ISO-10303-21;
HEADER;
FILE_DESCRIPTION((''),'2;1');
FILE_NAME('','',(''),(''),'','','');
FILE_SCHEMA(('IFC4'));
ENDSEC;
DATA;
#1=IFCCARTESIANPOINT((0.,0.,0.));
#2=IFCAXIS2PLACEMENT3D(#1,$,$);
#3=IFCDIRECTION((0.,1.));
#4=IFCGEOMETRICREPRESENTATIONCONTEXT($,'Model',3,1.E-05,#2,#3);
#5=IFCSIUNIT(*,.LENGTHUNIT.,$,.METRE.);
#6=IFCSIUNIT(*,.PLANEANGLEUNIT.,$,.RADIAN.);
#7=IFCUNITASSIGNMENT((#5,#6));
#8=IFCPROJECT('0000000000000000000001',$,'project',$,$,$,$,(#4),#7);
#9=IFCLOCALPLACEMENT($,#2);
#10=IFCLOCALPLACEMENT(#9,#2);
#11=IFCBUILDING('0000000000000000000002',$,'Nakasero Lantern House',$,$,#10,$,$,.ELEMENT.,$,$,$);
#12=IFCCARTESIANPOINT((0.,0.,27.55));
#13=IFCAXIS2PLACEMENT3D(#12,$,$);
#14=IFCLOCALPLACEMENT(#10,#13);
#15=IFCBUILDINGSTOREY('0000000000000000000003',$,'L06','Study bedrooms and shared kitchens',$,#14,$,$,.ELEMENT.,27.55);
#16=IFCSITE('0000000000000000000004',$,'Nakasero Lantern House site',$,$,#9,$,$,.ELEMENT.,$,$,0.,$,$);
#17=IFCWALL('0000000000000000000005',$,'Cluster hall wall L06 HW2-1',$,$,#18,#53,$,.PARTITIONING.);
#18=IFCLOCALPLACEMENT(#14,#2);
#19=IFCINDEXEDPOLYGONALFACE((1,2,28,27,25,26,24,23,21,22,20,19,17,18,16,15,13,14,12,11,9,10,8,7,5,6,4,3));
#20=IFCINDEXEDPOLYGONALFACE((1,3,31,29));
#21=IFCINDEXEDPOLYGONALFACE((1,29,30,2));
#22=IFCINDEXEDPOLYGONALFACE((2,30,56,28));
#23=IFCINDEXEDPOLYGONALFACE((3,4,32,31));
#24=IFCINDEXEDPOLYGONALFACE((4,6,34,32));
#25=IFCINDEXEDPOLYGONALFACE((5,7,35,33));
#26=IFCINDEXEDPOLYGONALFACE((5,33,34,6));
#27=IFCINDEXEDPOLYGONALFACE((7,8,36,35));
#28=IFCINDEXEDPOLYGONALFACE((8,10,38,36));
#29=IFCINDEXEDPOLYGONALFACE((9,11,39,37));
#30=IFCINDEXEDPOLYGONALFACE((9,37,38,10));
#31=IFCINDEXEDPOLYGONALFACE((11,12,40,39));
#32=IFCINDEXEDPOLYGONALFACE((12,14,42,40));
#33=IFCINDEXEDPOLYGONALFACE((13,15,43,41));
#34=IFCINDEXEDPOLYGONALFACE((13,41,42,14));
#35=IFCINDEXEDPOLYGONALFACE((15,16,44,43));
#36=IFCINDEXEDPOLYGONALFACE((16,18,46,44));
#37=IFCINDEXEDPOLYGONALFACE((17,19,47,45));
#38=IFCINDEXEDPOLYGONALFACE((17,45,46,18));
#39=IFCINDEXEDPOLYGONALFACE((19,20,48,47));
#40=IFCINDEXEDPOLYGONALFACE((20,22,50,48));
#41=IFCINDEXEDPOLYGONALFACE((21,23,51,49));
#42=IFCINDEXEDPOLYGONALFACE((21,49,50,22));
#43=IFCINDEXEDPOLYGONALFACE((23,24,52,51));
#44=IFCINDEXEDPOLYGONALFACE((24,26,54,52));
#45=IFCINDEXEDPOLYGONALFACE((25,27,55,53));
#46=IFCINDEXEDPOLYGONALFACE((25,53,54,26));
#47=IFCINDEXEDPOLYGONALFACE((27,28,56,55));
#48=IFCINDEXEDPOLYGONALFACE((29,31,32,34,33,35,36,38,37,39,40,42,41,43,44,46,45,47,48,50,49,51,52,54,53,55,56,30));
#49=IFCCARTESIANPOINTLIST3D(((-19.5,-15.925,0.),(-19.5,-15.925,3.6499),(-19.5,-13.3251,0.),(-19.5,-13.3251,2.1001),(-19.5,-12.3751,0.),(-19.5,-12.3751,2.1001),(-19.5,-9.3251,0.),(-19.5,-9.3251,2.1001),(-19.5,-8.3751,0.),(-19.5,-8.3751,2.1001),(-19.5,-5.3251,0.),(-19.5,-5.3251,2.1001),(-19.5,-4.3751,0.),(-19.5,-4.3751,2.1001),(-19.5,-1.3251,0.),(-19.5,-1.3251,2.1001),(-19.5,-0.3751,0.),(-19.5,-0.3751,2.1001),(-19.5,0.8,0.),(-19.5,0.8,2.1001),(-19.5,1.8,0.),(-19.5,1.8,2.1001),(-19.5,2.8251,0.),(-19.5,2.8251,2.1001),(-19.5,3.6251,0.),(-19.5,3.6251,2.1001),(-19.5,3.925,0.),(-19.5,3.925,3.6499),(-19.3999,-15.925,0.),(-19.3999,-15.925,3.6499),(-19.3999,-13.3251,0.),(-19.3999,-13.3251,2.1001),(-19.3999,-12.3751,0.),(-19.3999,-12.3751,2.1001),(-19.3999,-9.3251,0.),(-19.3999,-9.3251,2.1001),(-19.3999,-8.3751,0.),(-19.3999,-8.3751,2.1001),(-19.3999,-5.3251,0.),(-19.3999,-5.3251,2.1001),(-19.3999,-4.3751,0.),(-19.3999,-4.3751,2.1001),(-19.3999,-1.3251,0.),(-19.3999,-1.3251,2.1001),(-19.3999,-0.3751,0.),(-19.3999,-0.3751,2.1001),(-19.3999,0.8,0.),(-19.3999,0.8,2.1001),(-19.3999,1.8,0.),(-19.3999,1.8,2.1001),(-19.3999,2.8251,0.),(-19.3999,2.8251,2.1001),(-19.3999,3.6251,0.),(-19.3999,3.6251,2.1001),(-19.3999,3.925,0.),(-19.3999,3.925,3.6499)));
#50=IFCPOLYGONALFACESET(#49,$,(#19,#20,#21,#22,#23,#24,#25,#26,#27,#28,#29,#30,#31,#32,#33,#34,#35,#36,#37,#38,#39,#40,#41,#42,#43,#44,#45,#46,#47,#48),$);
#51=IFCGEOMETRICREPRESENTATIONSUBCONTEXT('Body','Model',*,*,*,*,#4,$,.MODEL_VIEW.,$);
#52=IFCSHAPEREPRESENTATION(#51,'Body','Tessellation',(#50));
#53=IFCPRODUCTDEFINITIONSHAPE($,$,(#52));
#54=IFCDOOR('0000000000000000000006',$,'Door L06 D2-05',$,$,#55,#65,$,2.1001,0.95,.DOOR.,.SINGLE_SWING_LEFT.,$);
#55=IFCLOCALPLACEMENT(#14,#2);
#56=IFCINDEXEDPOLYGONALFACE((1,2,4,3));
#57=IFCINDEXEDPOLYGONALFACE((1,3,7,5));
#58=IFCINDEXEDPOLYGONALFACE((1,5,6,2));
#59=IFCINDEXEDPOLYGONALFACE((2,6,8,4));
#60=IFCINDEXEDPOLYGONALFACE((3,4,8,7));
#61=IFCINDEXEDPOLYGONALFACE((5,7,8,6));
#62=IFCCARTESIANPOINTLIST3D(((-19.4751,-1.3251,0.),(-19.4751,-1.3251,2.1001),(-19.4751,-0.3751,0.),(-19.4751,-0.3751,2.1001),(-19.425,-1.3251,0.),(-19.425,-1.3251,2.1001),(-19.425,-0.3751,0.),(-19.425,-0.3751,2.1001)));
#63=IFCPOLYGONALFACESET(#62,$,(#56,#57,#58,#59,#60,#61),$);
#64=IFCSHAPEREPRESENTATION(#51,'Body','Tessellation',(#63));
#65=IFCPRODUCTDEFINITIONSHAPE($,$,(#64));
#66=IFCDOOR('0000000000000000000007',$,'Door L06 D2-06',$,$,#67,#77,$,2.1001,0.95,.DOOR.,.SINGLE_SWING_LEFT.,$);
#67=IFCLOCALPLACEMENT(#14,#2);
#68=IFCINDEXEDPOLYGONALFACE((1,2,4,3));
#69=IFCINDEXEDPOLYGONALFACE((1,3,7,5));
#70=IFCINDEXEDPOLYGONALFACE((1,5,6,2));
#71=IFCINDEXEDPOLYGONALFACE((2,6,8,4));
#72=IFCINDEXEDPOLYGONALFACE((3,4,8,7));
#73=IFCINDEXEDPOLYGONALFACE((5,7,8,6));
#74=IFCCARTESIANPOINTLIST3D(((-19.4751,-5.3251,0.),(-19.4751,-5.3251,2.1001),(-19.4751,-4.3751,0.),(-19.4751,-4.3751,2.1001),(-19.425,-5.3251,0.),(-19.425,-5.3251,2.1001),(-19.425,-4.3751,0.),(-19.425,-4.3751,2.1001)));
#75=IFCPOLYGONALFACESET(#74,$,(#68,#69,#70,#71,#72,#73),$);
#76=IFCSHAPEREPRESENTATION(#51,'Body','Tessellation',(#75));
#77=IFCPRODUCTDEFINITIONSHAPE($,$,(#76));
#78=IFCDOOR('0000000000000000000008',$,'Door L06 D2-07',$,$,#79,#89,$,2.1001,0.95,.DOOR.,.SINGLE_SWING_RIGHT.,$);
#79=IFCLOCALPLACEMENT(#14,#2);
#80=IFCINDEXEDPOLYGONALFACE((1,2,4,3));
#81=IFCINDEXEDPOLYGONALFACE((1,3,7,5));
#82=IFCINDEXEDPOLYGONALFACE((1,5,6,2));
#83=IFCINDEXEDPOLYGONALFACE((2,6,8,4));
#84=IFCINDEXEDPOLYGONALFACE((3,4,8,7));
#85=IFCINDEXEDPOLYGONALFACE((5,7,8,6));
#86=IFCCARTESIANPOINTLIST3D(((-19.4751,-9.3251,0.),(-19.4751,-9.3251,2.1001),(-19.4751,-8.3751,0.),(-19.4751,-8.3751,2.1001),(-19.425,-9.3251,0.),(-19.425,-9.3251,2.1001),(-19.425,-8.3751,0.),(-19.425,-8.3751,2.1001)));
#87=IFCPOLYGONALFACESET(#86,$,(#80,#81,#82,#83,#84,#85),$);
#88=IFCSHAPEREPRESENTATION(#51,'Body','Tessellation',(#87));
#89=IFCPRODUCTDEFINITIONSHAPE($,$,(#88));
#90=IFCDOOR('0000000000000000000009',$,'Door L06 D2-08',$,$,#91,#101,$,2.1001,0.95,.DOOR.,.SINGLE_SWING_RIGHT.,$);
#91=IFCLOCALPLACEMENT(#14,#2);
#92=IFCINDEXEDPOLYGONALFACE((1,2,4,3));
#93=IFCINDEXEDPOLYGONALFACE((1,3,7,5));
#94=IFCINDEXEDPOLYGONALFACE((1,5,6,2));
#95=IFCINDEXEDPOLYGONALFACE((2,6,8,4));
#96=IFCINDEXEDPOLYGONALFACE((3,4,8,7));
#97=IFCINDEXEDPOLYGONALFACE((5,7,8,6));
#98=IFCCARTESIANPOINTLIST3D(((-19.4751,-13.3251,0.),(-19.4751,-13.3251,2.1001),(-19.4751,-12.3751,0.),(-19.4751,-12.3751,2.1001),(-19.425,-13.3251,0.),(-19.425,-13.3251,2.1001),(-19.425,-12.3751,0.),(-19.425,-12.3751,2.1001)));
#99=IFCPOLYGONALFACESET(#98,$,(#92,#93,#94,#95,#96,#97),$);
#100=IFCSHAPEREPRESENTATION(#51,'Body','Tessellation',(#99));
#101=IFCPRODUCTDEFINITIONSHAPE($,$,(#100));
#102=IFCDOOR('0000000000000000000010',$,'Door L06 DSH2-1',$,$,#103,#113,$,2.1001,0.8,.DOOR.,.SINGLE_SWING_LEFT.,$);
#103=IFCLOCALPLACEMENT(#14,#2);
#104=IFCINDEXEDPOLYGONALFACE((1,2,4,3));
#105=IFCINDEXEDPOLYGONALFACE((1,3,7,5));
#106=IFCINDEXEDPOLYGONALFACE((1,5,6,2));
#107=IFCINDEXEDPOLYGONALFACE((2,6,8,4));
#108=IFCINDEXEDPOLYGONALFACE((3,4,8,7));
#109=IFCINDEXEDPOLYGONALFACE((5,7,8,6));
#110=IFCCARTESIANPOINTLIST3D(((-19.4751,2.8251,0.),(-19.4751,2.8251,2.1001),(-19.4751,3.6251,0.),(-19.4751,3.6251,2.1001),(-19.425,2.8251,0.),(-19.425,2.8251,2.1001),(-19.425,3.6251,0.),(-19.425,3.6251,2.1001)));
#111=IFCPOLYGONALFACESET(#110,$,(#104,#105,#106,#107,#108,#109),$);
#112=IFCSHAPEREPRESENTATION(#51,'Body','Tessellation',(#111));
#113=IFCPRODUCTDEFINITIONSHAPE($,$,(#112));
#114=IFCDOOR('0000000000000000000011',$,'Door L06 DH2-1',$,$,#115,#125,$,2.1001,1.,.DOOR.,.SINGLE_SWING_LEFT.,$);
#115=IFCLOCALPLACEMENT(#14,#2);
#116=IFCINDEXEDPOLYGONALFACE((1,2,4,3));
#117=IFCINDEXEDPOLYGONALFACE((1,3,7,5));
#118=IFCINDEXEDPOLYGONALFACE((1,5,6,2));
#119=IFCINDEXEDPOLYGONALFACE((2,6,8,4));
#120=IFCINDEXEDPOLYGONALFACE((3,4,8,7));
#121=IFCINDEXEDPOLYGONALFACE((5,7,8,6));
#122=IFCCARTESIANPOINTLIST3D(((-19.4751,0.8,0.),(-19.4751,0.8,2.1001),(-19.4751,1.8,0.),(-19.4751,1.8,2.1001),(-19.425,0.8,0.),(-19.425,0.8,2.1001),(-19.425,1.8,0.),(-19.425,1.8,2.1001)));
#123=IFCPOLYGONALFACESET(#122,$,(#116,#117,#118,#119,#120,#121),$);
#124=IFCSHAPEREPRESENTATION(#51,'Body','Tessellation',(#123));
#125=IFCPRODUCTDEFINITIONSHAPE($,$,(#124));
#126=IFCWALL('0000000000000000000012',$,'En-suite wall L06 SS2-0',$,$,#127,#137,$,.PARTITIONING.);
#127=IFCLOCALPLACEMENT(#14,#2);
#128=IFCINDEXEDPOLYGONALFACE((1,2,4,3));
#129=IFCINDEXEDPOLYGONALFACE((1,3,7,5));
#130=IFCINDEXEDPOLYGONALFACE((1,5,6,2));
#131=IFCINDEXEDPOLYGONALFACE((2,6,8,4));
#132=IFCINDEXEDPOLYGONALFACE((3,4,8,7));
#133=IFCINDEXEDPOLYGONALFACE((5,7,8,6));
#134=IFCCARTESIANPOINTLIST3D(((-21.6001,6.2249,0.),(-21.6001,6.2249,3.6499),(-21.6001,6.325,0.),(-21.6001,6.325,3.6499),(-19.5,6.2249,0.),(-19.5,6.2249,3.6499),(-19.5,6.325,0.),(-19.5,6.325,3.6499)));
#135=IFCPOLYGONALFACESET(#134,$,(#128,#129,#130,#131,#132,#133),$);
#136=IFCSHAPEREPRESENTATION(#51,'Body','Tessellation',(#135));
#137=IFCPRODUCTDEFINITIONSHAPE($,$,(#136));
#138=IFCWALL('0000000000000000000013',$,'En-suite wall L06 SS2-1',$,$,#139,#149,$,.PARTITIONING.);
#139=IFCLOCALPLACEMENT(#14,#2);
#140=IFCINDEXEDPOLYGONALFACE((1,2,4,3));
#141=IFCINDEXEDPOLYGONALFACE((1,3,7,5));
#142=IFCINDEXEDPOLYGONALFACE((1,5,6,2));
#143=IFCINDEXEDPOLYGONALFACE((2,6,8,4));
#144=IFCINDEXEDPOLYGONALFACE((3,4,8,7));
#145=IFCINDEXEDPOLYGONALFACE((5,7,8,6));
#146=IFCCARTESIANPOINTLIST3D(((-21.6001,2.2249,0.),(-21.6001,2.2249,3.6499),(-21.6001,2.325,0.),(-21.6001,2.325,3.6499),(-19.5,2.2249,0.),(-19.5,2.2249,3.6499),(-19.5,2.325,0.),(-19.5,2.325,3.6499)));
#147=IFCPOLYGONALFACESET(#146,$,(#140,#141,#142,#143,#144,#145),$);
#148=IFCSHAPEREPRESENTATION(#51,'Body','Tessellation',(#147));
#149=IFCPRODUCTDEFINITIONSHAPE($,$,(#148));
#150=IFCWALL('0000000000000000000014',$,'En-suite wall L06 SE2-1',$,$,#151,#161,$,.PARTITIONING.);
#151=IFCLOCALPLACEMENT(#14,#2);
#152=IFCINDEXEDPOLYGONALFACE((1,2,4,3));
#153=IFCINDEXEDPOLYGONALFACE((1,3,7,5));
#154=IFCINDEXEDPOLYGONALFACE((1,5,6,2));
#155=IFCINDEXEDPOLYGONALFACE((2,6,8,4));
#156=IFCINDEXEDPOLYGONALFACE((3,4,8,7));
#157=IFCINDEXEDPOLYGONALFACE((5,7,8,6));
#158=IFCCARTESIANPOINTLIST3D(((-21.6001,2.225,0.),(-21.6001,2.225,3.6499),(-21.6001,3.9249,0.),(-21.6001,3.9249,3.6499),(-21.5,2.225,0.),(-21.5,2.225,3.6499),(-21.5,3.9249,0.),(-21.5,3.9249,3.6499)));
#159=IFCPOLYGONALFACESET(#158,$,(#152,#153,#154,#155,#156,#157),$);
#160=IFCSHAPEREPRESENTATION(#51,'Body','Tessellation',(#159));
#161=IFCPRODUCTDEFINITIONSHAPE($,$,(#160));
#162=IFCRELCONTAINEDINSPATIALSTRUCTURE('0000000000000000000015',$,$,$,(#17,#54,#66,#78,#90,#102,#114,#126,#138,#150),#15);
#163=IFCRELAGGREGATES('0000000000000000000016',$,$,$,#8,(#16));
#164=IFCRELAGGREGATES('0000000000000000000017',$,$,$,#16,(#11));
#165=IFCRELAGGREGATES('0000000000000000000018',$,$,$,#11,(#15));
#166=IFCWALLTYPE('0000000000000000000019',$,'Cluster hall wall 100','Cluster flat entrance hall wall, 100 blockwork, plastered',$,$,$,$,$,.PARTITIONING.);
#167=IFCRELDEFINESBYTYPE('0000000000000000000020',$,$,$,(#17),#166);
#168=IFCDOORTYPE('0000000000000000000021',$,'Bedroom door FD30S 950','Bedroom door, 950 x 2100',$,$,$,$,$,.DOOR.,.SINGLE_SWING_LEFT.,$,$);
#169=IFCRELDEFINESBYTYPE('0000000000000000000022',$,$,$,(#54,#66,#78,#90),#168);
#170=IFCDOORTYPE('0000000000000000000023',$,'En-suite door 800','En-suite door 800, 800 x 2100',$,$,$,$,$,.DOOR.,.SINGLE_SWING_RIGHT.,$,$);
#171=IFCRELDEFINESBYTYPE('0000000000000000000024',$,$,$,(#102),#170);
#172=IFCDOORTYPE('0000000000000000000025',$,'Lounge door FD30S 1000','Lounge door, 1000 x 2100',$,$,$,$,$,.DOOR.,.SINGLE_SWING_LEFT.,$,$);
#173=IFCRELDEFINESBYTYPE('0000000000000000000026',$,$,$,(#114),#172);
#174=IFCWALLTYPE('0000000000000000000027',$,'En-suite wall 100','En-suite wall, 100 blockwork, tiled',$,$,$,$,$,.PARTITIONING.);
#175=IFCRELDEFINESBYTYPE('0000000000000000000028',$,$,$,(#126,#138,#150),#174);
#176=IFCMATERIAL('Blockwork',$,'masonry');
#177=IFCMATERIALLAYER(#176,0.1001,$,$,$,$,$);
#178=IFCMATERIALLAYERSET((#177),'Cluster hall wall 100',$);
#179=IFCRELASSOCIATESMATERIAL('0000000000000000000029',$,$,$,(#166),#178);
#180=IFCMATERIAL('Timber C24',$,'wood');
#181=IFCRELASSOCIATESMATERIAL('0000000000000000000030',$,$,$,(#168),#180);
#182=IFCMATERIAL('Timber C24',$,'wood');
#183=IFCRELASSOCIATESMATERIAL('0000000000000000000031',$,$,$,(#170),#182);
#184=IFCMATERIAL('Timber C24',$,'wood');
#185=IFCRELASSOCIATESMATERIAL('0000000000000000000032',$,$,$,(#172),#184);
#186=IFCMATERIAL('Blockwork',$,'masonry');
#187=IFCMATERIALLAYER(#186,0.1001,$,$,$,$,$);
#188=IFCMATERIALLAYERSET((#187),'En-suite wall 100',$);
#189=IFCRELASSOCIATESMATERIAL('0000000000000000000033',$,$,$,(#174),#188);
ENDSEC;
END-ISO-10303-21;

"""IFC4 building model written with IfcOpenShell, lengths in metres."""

from ifc_helpers import new_model, si_unit, direction, frame, frame_2d, origin, place, context, subcontext, project, spatial, rectangle, extrude, material, layer, layer_set, type_object, element, fill, save


model = new_model("IFC4")

# Units and contexts
model_context = context("Model", 3, precision=1e-05, world=origin(), true_north=direction((0.0, 1.0)))
body_context = subcontext(model_context, "Body", "Model", "MODEL_VIEW")
ifc_project = project(units=[si_unit("LENGTHUNIT", "METRE"), si_unit("PLANEANGLEUNIT", "RADIAN")], contexts=[model_context])

# Site, building, storey
site_placement = place(None, origin())
site = spatial("IfcSite", under=ifc_project, at=site_placement, Name="Nakasero Lantern House site", CompositionType="ELEMENT", RefElevation=0.0)
building_placement = place(site_placement, origin())
building = spatial("IfcBuilding", under=site, at=building_placement, Name="Nakasero Lantern House", CompositionType="ELEMENT")
storey_placement = place(building_placement, frame((0.0, 0.0, 27.55)))
storey = spatial("IfcBuildingStorey", under=building, at=storey_placement, Name="L06", Description="Study bedrooms and shared kitchens", CompositionType="ELEMENT", Elevation=27.55)

# Wall, openings, doors
ifc_material_1 = material(Name="Blockwork", Category="masonry")
ifc_layer_1 = layer(ifc_material_1, 0.1001)
ifc_layer_set_1 = layer_set([ifc_layer_1], Name="Cluster hall wall 100")
wall_type_1 = type_object("IfcWallType", Name="Cluster hall wall 100", Description="Cluster flat entrance hall wall, 100 blockwork, plastered", PredefinedType="PARTITIONING", material=ifc_layer_set_1)
wall_1_placement = place(storey_placement, frame((-19.45, 3.925, 0.0), z_axis=(0.0, 0.0, 1.0), x_axis=(0.0, -1.0, 0.0)))
wall_1 = element("IfcWall", 1, at=wall_1_placement, inside=storey, type_object=wall_type_1, Name="Cluster hall wall L06 HW2-1", PredefinedType="PARTITIONING", context=body_context, shape_type="SweptSolid", body=[
    extrude(rectangle(XDim=19.8501, YDim=0.1001, at=frame_2d((9.925, 0.0))), origin(), (0.0, 0.0, 1.0), 3.6499),
])
opening_1_placement = place(wall_1_placement, frame((2.125, 0.0, 0.0)))
opening_1 = element("IfcOpeningElement", 2, at=opening_1_placement, cuts=wall_1, PredefinedType="OPENING", context=body_context, shape_type="SweptSolid", body=[
    extrude(rectangle(XDim=1.0, YDim=2.1001, at=frame_2d((0.5, 1.05))), frame((0.0, 0.0701, 0.0), z_axis=(0.0, -1.0, 0.0), x_axis=(1.0, 0.0, 0.0)), (0.0, 0.0, 1.0), 0.1401),
])
opening_2_placement = place(wall_1_placement, frame((0.3, 0.0, 0.0)))
opening_2 = element("IfcOpeningElement", 3, at=opening_2_placement, cuts=wall_1, PredefinedType="OPENING", context=body_context, shape_type="SweptSolid", body=[
    extrude(rectangle(XDim=0.8, YDim=2.1001, at=frame_2d((0.3999, 1.05))), frame((0.0, 0.0701, 0.0), z_axis=(0.0, -1.0, 0.0), x_axis=(1.0, 0.0, 0.0)), (0.0, 0.0, 1.0), 0.1401),
])
opening_3_placement = place(wall_1_placement, frame((4.3, 0.0, 0.0)))
opening_3 = element("IfcOpeningElement", 4, at=opening_3_placement, cuts=wall_1, PredefinedType="OPENING", context=body_context, shape_type="SweptSolid", body=[
    extrude(rectangle(XDim=0.95, YDim=2.1001, at=frame_2d((0.4751, 1.05))), frame((0.0, 0.0701, 0.0), z_axis=(0.0, -1.0, 0.0), x_axis=(1.0, 0.0, 0.0)), (0.0, 0.0, 1.0), 0.1401),
])
opening_4_placement = place(wall_1_placement, frame((8.3, 0.0, 0.0)))
opening_4 = element("IfcOpeningElement", 5, at=opening_4_placement, cuts=wall_1, PredefinedType="OPENING", context=body_context, shape_type="SweptSolid", body=[
    extrude(rectangle(XDim=0.95, YDim=2.1001, at=frame_2d((0.4751, 1.05))), frame((0.0, 0.0701, 0.0), z_axis=(0.0, -1.0, 0.0), x_axis=(1.0, 0.0, 0.0)), (0.0, 0.0, 1.0), 0.1401),
])
opening_5_placement = place(wall_1_placement, frame((12.3, 0.0, 0.0)))
opening_5 = element("IfcOpeningElement", 6, at=opening_5_placement, cuts=wall_1, PredefinedType="OPENING", context=body_context, shape_type="SweptSolid", body=[
    extrude(rectangle(XDim=0.95, YDim=2.1001, at=frame_2d((0.4751, 1.05))), frame((0.0, 0.0701, 0.0), z_axis=(0.0, -1.0, 0.0), x_axis=(1.0, 0.0, 0.0)), (0.0, 0.0, 1.0), 0.1401),
])
opening_6_placement = place(wall_1_placement, frame((16.3, 0.0, 0.0)))
opening_6 = element("IfcOpeningElement", 7, at=opening_6_placement, cuts=wall_1, PredefinedType="OPENING", context=body_context, shape_type="SweptSolid", body=[
    extrude(rectangle(XDim=0.95, YDim=2.1001, at=frame_2d((0.4751, 1.05))), frame((0.0, 0.0701, 0.0), z_axis=(0.0, -1.0, 0.0), x_axis=(1.0, 0.0, 0.0)), (0.0, 0.0, 1.0), 0.1401),
])
ifc_material_2 = material(Name="Timber C24", Category="wood")
door_type_1 = type_object("IfcDoorType", Name="Bedroom door FD30S 950", Description="Bedroom door, 950 x 2100", OperationType="SINGLE_SWING_LEFT", PredefinedType="DOOR", material=ifc_material_2)
door_1_placement = place(opening_3_placement, origin())
door_1 = element("IfcDoor", 8, at=door_1_placement, inside=storey, type_object=door_type_1, Name="Door L06 D2-05", OperationType="SINGLE_SWING_LEFT", OverallHeight=2.1001, OverallWidth=0.95, PredefinedType="DOOR", context=body_context, shape_type="SweptSolid", body=[
    extrude(rectangle(XDim=0.95, YDim=2.1001, at=frame_2d((0.4751, 1.05))), frame((0.0, 0.0249, 0.0), z_axis=(0.0, -1.0, 0.0), x_axis=(1.0, 0.0, 0.0)), (0.0, 0.0, 1.0), 0.05),
])
fill(opening_3, door_1)
door_2_placement = place(opening_4_placement, origin())
door_2 = element("IfcDoor", 9, at=door_2_placement, inside=storey, type_object=door_type_1, Name="Door L06 D2-06", OperationType="SINGLE_SWING_LEFT", OverallHeight=2.1001, OverallWidth=0.95, PredefinedType="DOOR", context=body_context, shape_type="SweptSolid", body=[
    extrude(rectangle(XDim=0.95, YDim=2.1001, at=frame_2d((0.4751, 1.05))), frame((0.0, 0.0249, 0.0), z_axis=(0.0, -1.0, 0.0), x_axis=(1.0, 0.0, 0.0)), (0.0, 0.0, 1.0), 0.05),
])
fill(opening_4, door_2)
door_3_placement = place(opening_5_placement, origin())
door_3 = element("IfcDoor", 10, at=door_3_placement, inside=storey, type_object=door_type_1, Name="Door L06 D2-07", OperationType="SINGLE_SWING_RIGHT", OverallHeight=2.1001, OverallWidth=0.95, PredefinedType="DOOR", context=body_context, shape_type="SweptSolid", body=[
    extrude(rectangle(XDim=0.95, YDim=2.1001, at=frame_2d((0.4751, 1.05))), frame((0.0, 0.0249, 0.0), z_axis=(0.0, -1.0, 0.0), x_axis=(1.0, 0.0, 0.0)), (0.0, 0.0, 1.0), 0.05),
])
fill(opening_5, door_3)
door_4_placement = place(opening_6_placement, origin())
door_4 = element("IfcDoor", 11, at=door_4_placement, inside=storey, type_object=door_type_1, Name="Door L06 D2-08", OperationType="SINGLE_SWING_RIGHT", OverallHeight=2.1001, OverallWidth=0.95, PredefinedType="DOOR", context=body_context, shape_type="SweptSolid", body=[
    extrude(rectangle(XDim=0.95, YDim=2.1001, at=frame_2d((0.4751, 1.05))), frame((0.0, 0.0249, 0.0), z_axis=(0.0, -1.0, 0.0), x_axis=(1.0, 0.0, 0.0)), (0.0, 0.0, 1.0), 0.05),
])
fill(opening_6, door_4)
ifc_material_3 = material(Name="Timber C24", Category="wood")
door_type_2 = type_object("IfcDoorType", Name="En-suite door 800", Description="En-suite door 800, 800 x 2100", OperationType="SINGLE_SWING_RIGHT", PredefinedType="DOOR", material=ifc_material_3)
door_5_placement = place(opening_2_placement, origin())
door_5 = element("IfcDoor", 12, at=door_5_placement, inside=storey, type_object=door_type_2, Name="Door L06 DSH2-1", OperationType="SINGLE_SWING_LEFT", OverallHeight=2.1001, OverallWidth=0.8, PredefinedType="DOOR", context=body_context, shape_type="SweptSolid", body=[
    extrude(rectangle(XDim=0.8, YDim=2.1001, at=frame_2d((0.3999, 1.05))), frame((0.0, 0.0249, 0.0), z_axis=(0.0, -1.0, 0.0), x_axis=(1.0, 0.0, 0.0)), (0.0, 0.0, 1.0), 0.05),
])
fill(opening_2, door_5)
ifc_material_4 = material(Name="Timber C24", Category="wood")
door_type_3 = type_object("IfcDoorType", Name="Lounge door FD30S 1000", Description="Lounge door, 1000 x 2100", OperationType="SINGLE_SWING_LEFT", PredefinedType="DOOR", material=ifc_material_4)
door_6_placement = place(opening_1_placement, origin())
door_6 = element("IfcDoor", 13, at=door_6_placement, inside=storey, type_object=door_type_3, Name="Door L06 DH2-1", OperationType="SINGLE_SWING_LEFT", OverallHeight=2.1001, OverallWidth=1.0, PredefinedType="DOOR", context=body_context, shape_type="SweptSolid", body=[
    extrude(rectangle(XDim=1.0, YDim=2.1001, at=frame_2d((0.5, 1.05))), frame((0.0, 0.0249, 0.0), z_axis=(0.0, -1.0, 0.0), x_axis=(1.0, 0.0, 0.0)), (0.0, 0.0, 1.0), 0.05),
])
fill(opening_1, door_6)

# Walls
ifc_material_5 = material(Name="Blockwork", Category="masonry")
ifc_layer_2 = layer(ifc_material_5, 0.1001)
ifc_layer_set_2 = layer_set([ifc_layer_2], Name="En-suite wall 100")
wall_type_2 = type_object("IfcWallType", Name="En-suite wall 100", Description="En-suite wall, 100 blockwork, tiled", PredefinedType="PARTITIONING", material=ifc_layer_set_2)
for number, where, z_axis, x_axis, name in (
    (14, (-19.5, 6.2749, 0.0), (0.0, 0.0, 1.0), (-1.0, 0.0, 0.0), "En-suite wall L06 SS2-0"),
    (15, (-19.5, 2.2749, 0.0), (0.0, 0.0, 1.0), (-1.0, 0.0, 0.0), "En-suite wall L06 SS2-1"),
):
    element("IfcWall", number, at=place(storey_placement, frame(where, z_axis=z_axis, x_axis=x_axis)), inside=storey, type_object=wall_type_2, Name=name, PredefinedType="PARTITIONING", context=body_context, shape_type="SweptSolid", body=[
        extrude(rectangle(XDim=2.1001, YDim=0.1001, at=frame_2d((1.05, 0.0))), origin(), (0.0, 0.0, 1.0), 3.6499),
    ])
wall_2_placement = place(storey_placement, frame((-21.55, 3.925, 0.0), z_axis=(0.0, 0.0, 1.0), x_axis=(0.0, -1.0, 0.0)))
element("IfcWall", 16, at=wall_2_placement, inside=storey, type_object=wall_type_2, Name="En-suite wall L06 SE2-1", PredefinedType="PARTITIONING", context=body_context, shape_type="SweptSolid", body=[
    extrude(rectangle(XDim=1.7, YDim=0.1001, at=frame_2d((0.8501, 0.0))), origin(), (0.0, 0.0, 1.0), 3.6499),
])

save(model, "model.ifc")
